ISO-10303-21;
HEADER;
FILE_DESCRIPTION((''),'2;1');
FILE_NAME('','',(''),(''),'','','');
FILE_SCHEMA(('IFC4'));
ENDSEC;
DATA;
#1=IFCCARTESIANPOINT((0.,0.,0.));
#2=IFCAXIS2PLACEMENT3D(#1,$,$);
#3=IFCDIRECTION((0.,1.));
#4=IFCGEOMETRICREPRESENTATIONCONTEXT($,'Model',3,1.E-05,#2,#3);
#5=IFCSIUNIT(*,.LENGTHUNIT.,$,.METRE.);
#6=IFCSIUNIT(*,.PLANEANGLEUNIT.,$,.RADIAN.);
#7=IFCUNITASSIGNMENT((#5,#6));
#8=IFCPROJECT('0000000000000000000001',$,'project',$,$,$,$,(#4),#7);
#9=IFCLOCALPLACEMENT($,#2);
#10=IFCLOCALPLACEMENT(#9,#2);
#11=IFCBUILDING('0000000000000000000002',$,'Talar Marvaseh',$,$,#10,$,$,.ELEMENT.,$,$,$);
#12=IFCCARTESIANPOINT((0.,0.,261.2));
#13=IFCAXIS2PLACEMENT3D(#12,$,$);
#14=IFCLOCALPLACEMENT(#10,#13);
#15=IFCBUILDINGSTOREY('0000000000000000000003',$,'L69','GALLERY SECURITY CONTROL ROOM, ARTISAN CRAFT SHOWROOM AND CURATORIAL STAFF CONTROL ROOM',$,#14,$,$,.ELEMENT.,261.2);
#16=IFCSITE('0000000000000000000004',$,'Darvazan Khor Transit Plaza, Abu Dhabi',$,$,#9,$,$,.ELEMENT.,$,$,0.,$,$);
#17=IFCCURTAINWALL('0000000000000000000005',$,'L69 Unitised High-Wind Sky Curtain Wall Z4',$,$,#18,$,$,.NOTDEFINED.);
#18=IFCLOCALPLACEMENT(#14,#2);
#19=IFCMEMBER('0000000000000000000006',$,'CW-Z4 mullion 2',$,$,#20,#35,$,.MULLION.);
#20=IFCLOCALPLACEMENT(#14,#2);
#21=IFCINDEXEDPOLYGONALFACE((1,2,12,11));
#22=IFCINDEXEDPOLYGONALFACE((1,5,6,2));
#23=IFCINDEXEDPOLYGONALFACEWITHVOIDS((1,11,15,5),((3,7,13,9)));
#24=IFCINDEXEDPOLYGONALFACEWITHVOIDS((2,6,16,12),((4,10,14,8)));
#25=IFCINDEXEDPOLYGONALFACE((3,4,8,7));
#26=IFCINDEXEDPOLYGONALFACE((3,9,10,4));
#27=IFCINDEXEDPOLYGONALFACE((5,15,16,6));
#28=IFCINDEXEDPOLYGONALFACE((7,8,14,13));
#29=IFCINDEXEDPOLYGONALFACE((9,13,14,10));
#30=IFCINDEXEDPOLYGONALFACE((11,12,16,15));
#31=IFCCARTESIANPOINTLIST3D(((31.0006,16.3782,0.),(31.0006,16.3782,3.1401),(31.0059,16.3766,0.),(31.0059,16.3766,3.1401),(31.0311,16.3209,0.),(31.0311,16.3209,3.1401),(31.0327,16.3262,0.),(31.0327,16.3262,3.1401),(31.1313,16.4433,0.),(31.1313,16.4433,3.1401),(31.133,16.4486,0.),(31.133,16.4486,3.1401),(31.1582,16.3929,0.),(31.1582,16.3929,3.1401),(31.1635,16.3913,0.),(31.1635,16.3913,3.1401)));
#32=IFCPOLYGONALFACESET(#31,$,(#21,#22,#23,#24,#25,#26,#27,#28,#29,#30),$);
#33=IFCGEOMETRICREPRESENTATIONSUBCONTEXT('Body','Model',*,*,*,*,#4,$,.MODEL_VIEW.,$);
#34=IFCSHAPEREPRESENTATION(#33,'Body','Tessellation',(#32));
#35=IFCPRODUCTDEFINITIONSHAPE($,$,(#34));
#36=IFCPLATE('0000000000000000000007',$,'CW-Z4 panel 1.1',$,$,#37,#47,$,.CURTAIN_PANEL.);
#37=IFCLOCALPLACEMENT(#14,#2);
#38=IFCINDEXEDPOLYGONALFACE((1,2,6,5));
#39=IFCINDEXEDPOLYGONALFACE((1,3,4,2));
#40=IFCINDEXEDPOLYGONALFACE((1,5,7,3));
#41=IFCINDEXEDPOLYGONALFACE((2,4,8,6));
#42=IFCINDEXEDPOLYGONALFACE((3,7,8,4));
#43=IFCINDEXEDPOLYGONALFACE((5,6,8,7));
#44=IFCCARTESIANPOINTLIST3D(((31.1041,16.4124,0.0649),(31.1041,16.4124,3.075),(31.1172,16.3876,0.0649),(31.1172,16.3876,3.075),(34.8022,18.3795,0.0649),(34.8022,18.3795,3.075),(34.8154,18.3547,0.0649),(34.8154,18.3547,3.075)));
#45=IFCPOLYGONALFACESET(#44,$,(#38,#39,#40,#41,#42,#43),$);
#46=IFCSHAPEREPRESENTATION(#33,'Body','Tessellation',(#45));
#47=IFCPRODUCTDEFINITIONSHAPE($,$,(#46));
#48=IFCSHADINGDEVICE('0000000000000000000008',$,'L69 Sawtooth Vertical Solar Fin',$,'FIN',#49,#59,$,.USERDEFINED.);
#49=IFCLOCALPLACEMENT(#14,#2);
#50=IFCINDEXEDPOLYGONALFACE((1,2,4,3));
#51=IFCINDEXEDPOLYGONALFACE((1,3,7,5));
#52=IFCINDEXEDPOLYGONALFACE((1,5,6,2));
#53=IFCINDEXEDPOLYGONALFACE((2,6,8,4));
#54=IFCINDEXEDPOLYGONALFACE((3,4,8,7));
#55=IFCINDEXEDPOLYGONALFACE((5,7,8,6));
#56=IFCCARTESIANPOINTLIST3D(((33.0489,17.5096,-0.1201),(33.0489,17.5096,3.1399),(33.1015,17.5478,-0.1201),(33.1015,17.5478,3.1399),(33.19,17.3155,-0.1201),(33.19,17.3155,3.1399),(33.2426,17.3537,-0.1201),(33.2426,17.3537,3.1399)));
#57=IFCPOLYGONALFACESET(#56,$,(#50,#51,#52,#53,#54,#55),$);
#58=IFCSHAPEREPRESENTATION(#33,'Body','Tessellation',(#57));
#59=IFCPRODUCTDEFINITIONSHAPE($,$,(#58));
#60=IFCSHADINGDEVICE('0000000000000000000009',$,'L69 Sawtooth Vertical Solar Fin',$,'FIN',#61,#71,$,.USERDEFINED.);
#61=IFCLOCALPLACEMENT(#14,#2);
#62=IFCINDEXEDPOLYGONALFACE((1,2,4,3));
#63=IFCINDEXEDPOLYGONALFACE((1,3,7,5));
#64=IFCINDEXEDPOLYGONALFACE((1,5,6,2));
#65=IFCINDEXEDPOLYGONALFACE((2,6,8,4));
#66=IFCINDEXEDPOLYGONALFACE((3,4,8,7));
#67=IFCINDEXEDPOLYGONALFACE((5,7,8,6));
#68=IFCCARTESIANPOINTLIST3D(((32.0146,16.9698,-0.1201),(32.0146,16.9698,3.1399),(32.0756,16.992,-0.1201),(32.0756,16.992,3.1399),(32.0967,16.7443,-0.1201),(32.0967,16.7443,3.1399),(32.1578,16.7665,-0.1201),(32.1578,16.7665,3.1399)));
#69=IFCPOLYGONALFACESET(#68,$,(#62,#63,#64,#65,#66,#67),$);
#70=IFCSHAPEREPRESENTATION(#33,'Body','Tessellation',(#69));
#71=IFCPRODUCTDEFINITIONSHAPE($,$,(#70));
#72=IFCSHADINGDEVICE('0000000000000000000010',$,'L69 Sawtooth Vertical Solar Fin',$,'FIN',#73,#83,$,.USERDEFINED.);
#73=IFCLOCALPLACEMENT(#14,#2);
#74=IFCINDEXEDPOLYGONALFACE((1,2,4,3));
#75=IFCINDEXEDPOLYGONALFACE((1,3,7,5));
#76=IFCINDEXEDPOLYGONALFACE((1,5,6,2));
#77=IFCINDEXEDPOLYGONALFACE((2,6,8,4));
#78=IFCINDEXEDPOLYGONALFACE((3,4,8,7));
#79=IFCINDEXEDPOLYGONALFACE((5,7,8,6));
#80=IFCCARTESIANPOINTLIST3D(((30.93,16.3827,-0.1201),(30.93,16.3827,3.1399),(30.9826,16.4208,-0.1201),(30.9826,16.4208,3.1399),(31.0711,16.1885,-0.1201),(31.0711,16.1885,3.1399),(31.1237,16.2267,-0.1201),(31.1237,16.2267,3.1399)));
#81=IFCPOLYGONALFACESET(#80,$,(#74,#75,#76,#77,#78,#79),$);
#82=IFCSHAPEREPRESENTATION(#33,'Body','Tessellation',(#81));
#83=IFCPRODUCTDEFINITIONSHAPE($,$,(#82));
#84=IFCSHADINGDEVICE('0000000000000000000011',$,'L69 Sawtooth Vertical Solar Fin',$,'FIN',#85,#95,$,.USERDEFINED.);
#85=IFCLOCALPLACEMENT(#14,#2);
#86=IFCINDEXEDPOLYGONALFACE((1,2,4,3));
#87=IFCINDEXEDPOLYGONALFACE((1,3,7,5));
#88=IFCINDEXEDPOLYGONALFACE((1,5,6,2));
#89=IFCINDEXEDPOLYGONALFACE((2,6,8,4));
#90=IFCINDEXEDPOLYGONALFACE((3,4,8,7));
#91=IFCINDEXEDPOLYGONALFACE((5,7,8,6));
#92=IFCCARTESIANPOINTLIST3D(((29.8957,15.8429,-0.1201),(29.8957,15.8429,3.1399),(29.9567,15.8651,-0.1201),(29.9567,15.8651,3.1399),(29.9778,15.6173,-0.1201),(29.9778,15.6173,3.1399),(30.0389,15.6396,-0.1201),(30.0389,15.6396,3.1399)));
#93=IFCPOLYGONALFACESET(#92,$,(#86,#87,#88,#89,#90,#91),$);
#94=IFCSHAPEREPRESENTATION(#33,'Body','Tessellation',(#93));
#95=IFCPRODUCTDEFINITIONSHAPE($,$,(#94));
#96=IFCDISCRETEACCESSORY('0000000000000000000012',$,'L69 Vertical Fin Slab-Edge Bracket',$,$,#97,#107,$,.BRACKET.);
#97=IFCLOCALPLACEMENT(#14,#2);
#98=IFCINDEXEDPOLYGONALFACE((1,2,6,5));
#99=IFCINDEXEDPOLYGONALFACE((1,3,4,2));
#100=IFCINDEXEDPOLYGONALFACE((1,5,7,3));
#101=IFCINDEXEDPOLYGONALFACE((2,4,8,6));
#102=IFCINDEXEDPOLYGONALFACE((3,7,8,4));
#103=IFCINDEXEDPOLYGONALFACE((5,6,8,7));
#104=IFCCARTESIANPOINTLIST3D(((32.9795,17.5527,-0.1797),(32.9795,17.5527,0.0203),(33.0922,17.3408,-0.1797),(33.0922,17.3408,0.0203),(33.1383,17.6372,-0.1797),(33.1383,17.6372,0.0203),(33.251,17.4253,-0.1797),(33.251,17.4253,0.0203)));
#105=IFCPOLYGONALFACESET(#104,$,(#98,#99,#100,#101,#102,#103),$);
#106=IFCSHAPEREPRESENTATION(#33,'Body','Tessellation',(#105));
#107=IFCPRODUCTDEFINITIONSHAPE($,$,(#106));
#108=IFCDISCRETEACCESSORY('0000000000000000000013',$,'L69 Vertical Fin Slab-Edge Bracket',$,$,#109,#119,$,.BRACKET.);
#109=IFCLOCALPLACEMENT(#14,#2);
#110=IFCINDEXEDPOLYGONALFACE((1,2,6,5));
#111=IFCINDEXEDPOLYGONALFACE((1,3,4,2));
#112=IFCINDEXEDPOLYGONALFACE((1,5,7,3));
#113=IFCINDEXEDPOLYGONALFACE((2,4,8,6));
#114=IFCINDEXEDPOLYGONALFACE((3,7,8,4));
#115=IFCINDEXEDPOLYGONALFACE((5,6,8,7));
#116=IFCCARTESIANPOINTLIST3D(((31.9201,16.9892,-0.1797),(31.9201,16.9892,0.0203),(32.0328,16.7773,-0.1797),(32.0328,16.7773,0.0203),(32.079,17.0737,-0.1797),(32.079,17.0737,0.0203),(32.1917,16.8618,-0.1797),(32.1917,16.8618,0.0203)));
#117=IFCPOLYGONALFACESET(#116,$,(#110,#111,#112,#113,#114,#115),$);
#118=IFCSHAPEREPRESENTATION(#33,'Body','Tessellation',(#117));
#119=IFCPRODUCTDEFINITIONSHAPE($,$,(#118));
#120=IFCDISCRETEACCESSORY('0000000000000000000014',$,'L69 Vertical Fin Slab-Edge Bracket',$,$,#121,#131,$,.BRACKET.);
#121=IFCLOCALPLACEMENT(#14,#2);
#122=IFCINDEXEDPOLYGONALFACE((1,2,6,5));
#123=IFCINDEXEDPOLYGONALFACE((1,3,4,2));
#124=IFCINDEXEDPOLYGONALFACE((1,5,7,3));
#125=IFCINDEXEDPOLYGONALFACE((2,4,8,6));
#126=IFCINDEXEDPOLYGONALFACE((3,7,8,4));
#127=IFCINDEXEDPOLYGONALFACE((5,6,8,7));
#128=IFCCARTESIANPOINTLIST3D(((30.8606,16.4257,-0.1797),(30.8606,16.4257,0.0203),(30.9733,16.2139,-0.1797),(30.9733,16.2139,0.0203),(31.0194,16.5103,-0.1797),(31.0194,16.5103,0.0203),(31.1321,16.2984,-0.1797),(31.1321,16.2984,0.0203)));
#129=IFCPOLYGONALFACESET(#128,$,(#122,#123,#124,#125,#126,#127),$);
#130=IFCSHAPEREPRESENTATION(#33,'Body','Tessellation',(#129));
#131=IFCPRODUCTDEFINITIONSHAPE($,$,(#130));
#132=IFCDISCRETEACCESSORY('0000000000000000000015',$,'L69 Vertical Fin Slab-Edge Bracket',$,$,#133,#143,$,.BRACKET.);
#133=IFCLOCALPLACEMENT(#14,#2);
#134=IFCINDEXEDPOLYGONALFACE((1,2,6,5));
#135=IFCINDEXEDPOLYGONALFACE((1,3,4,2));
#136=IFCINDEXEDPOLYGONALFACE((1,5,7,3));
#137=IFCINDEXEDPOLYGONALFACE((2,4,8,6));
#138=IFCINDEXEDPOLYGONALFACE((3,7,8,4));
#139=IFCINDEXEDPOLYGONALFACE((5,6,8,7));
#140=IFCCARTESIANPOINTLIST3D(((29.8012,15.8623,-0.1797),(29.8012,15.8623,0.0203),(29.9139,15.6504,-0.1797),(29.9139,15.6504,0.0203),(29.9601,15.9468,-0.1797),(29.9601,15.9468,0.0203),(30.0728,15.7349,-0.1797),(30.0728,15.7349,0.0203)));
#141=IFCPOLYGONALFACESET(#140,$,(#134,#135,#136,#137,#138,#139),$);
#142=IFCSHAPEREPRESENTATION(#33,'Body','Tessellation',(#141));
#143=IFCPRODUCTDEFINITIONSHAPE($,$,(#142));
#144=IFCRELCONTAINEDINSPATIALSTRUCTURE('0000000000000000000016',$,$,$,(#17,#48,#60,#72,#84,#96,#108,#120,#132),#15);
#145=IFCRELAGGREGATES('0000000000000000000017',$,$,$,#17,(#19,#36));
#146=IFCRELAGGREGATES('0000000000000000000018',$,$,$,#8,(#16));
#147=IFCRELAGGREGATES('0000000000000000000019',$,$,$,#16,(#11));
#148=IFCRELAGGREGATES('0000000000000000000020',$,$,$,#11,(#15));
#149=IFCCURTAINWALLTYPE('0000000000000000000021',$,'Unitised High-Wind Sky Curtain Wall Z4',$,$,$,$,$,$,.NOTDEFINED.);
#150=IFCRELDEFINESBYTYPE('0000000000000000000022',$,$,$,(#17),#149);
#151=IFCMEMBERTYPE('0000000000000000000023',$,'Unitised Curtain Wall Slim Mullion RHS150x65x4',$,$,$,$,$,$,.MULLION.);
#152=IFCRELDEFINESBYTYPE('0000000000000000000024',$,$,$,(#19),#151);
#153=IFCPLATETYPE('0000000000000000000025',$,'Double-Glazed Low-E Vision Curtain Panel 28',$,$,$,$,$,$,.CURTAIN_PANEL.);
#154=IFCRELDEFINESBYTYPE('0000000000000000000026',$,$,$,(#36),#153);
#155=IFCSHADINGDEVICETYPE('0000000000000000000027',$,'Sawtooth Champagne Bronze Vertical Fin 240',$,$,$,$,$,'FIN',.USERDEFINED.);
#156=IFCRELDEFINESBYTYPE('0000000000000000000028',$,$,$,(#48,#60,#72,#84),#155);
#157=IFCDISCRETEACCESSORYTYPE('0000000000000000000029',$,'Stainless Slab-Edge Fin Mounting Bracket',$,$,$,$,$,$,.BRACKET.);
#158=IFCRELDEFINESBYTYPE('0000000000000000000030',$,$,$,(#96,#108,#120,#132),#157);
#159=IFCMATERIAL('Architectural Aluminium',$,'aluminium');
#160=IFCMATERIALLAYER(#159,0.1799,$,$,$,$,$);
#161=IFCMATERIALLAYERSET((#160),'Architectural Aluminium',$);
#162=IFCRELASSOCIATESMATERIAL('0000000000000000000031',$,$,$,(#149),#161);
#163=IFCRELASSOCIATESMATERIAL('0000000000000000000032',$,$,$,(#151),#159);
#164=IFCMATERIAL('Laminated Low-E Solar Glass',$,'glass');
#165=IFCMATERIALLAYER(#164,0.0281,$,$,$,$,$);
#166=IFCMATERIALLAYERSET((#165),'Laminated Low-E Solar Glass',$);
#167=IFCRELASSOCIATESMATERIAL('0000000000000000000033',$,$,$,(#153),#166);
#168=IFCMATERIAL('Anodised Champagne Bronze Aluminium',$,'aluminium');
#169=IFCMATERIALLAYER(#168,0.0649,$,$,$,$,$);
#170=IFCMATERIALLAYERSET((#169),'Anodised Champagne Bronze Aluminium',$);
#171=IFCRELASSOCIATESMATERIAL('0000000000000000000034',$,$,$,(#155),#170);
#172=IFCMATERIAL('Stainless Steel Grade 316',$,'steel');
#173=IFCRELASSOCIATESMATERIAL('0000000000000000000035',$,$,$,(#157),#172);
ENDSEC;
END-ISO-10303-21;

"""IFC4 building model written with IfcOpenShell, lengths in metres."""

from ifc_helpers import new_model, si_unit, direction, frame, origin, origin_2d, place, context, subcontext, project, spatial, rectangle, hollow_rectangle, extrude, source, transform, mapped, material, layer, layer_set, material_profile, profile_set, type_object, type_shapes, element, aggregate, save


model = new_model("IFC4")

# Units and contexts
model_context = context("Model", 3, precision=1e-05, world=origin(), true_north=direction((0.0, 1.0)))
body_context = subcontext(model_context, "Body", "Model", "MODEL_VIEW")
ifc_project = project(units=[si_unit("LENGTHUNIT", "METRE"), si_unit("PLANEANGLEUNIT", "RADIAN")], contexts=[model_context])

# Site, building, storey
site_placement = place(None, origin())
site = spatial("IfcSite", under=ifc_project, at=site_placement, Name="Darvazan Khor Transit Plaza, Abu Dhabi", CompositionType="ELEMENT", RefElevation=0.0)
building_placement = place(site_placement, origin())
building = spatial("IfcBuilding", under=site, at=building_placement, Name="Talar Marvaseh", CompositionType="ELEMENT")
storey_placement = place(building_placement, frame((0.0, 0.0, 261.2)))
storey = spatial("IfcBuildingStorey", under=building, at=storey_placement, Name="L69", Description="GALLERY SECURITY CONTROL ROOM, ARTISAN CRAFT SHOWROOM AND CURATORIAL STAFF CONTROL ROOM", CompositionType="ELEMENT", Elevation=261.2)

# Curtain wall, member, plate
ifc_material_1 = material(Name="Architectural Aluminium", Category="aluminium")
ifc_layer_1 = layer(ifc_material_1, 0.1799)
ifc_layer_set_1 = layer_set([ifc_layer_1], Name="Architectural Aluminium")
curtain_wall_type = type_object("IfcCurtainWallType", Name="Unitised High-Wind Sky Curtain Wall Z4", PredefinedType="NOTDEFINED", material=ifc_layer_set_1)
curtain_wall_placement = place(storey_placement, origin())
curtain_wall = element("IfcCurtainWall", 1, at=curtain_wall_placement, inside=storey, type_object=curtain_wall_type, Name="L69 Unitised High-Wind Sky Curtain Wall Z4", PredefinedType="NOTDEFINED")
ifc_material_profile_1 = material_profile(ifc_material_1, hollow_rectangle(XDim=0.0649, YDim=0.1499, WallThickness=0.0039, at=origin_2d()), Name="RHS150x65x4")
ifc_profile_set_1 = profile_set([ifc_material_profile_1], Name="Architectural Aluminium")
member_type_1 = type_object("IfcMemberType", Name="Unitised Curtain Wall Slim Mullion RHS150x65x4", PredefinedType="MULLION", material=ifc_profile_set_1)
shared_shape_1 = source(origin(), body_context, "Body", "SweptSolid", [
    extrude(hollow_rectangle(XDim=0.0649, YDim=0.1499, WallThickness=0.0039, at=origin_2d()), origin(), (0.0, 0.0, 1.0), 3.1401),
])
type_shapes(member_type_1, [shared_shape_1])
member_1_placement = place(storey_placement, frame((31.082, 16.3848, 0.0), z_axis=(0.0, 0.0, 1.0), x_axis=(0.469604, -0.882877, 0.0)))
member_1 = element("IfcMember", 2, at=member_1_placement, type_object=member_type_1, Name="CW-Z4 mullion 2", PredefinedType="MULLION", context=body_context, shape_type="MappedRepresentation", body=[
    mapped(shared_shape_1, transform((0.0, 0.0, 0.0), x_axis=(1.0, 0.0, 0.0), y_axis=(0.0, 1.0, 0.0), z_axis=(0.0, 0.0, 1.0), scale=1.0)),
])
ifc_material_2 = material(Name="Laminated Low-E Solar Glass", Category="glass")
ifc_layer_2 = layer(ifc_material_2, 0.0281)
ifc_layer_set_2 = layer_set([ifc_layer_2], Name="Laminated Low-E Solar Glass")
plate_type = type_object("IfcPlateType", Name="Double-Glazed Low-E Vision Curtain Panel 28", PredefinedType="CURTAIN_PANEL", material=ifc_layer_set_2)
shared_shape_2 = source(origin(), body_context, "Body", "SweptSolid", [
    extrude(rectangle(XDim=4.1887, YDim=0.0281, at=origin_2d()), origin(), (0.0, 0.0, 1.0), 3.01),
])
type_shapes(plate_type, [shared_shape_2])
plate_placement = place(storey_placement, frame((32.9597, 17.3835, 0.0649), z_axis=(0.0, 0.0, 1.0), x_axis=(-0.882877, -0.469604, 0.0)))
plate = element("IfcPlate", 3, at=plate_placement, type_object=plate_type, Name="CW-Z4 panel 1.1", PredefinedType="CURTAIN_PANEL", context=body_context, shape_type="MappedRepresentation", body=[
    mapped(shared_shape_2, transform((0.0, 0.0, 0.0), x_axis=(1.0, 0.0, 0.0), y_axis=(0.0, 1.0, 0.0), z_axis=(0.0, 0.0, 1.0), scale=1.0)),
])
aggregate(curtain_wall, [member_1, plate])

# Shading devices
ifc_material_3 = material(Name="Anodised Champagne Bronze Aluminium", Category="aluminium")
ifc_layer_3 = layer(ifc_material_3, 0.0649)
ifc_layer_set_3 = layer_set([ifc_layer_3], Name="Anodised Champagne Bronze Aluminium")
shading_device_type = type_object("IfcShadingDeviceType", Name="Sawtooth Champagne Bronze Vertical Fin 240", ElementType="FIN", PredefinedType="USERDEFINED", material=ifc_layer_set_3)
shared_shape_3 = source(origin(), body_context, "Body", "SweptSolid", [
    extrude(rectangle(XDim=0.24, YDim=0.0649, at=origin_2d()), origin(), (0.0, 0.0, 1.0), 3.26),
])
type_shapes(shading_device_type, [shared_shape_3])
for number, where, z_axis, x_axis, name in (
    (4, (33.1458, 17.4316, -0.1201), (0.0, 0.0, 1.0), (0.587926, -0.808914, 0.0), "L69 Sawtooth Vertical Solar Fin"),
    (5, (32.0862, 16.8682, -0.1201), (0.0, 0.0, 1.0), (0.342184, -0.939633, 0.0), "L69 Sawtooth Vertical Solar Fin"),
    (6, (31.0269, 16.3047, -0.1201), (0.0, 0.0, 1.0), (0.587926, -0.808914, 0.0), "L69 Sawtooth Vertical Solar Fin"),
    (7, (29.9673, 15.7412, -0.1201), (0.0, 0.0, 1.0), (0.342184, -0.939633, 0.0), "L69 Sawtooth Vertical Solar Fin"),
):
    element("IfcShadingDevice", number, at=place(storey_placement, frame(where, z_axis=z_axis, x_axis=x_axis)), inside=storey, type_object=shading_device_type, Name=name, ObjectType="FIN", PredefinedType="USERDEFINED", context=body_context, shape_type="MappedRepresentation", body=[
        mapped(shared_shape_3, transform((0.0, 0.0, 0.0), x_axis=(1.0, 0.0, 0.0), y_axis=(0.0, 1.0, 0.0), z_axis=(0.0, 0.0, 1.0), scale=1.0)),
    ])

# Discrete accessories
ifc_material_4 = material(Name="Stainless Steel Grade 316", Category="steel")
discrete_accessory_type = type_object("IfcDiscreteAccessoryType", Name="Stainless Slab-Edge Fin Mounting Bracket", PredefinedType="BRACKET", material=ifc_material_4)
shared_shape_4 = source(origin(), body_context, "Body", "SweptSolid", [
    extrude(rectangle(XDim=0.24, YDim=0.1799, at=origin_2d()), origin(), (0.0, 0.0, 1.0), 0.2),
])
type_shapes(discrete_accessory_type, [shared_shape_4])
for number, where, z_axis, x_axis, name in (
    (8, (33.1152, 17.489, -0.1797), (0.0, 0.0, 1.0), (0.469626, -0.882866, 0.0), "L69 Vertical Fin Slab-Edge Bracket"),
    (9, (32.0559, 16.9255, -0.1797), (0.0, 0.0, 1.0), (0.469626, -0.882866, 0.0), "L69 Vertical Fin Slab-Edge Bracket"),
    (10, (30.9963, 16.3621, -0.1797), (0.0, 0.0, 1.0), (0.469626, -0.882866, 0.0), "L69 Vertical Fin Slab-Edge Bracket"),
    (11, (29.937, 15.7986, -0.1797), (0.0, 0.0, 1.0), (0.469626, -0.882866, 0.0), "L69 Vertical Fin Slab-Edge Bracket"),
):
    element("IfcDiscreteAccessory", number, at=place(storey_placement, frame(where, z_axis=z_axis, x_axis=x_axis)), inside=storey, type_object=discrete_accessory_type, Name=name, PredefinedType="BRACKET", context=body_context, shape_type="MappedRepresentation", body=[
        mapped(shared_shape_4, transform((0.0, 0.0, 0.0), x_axis=(1.0, 0.0, 0.0), y_axis=(0.0, 1.0, 0.0), z_axis=(0.0, 0.0, 1.0), scale=1.0)),
    ])

save(model, "model.ifc")
